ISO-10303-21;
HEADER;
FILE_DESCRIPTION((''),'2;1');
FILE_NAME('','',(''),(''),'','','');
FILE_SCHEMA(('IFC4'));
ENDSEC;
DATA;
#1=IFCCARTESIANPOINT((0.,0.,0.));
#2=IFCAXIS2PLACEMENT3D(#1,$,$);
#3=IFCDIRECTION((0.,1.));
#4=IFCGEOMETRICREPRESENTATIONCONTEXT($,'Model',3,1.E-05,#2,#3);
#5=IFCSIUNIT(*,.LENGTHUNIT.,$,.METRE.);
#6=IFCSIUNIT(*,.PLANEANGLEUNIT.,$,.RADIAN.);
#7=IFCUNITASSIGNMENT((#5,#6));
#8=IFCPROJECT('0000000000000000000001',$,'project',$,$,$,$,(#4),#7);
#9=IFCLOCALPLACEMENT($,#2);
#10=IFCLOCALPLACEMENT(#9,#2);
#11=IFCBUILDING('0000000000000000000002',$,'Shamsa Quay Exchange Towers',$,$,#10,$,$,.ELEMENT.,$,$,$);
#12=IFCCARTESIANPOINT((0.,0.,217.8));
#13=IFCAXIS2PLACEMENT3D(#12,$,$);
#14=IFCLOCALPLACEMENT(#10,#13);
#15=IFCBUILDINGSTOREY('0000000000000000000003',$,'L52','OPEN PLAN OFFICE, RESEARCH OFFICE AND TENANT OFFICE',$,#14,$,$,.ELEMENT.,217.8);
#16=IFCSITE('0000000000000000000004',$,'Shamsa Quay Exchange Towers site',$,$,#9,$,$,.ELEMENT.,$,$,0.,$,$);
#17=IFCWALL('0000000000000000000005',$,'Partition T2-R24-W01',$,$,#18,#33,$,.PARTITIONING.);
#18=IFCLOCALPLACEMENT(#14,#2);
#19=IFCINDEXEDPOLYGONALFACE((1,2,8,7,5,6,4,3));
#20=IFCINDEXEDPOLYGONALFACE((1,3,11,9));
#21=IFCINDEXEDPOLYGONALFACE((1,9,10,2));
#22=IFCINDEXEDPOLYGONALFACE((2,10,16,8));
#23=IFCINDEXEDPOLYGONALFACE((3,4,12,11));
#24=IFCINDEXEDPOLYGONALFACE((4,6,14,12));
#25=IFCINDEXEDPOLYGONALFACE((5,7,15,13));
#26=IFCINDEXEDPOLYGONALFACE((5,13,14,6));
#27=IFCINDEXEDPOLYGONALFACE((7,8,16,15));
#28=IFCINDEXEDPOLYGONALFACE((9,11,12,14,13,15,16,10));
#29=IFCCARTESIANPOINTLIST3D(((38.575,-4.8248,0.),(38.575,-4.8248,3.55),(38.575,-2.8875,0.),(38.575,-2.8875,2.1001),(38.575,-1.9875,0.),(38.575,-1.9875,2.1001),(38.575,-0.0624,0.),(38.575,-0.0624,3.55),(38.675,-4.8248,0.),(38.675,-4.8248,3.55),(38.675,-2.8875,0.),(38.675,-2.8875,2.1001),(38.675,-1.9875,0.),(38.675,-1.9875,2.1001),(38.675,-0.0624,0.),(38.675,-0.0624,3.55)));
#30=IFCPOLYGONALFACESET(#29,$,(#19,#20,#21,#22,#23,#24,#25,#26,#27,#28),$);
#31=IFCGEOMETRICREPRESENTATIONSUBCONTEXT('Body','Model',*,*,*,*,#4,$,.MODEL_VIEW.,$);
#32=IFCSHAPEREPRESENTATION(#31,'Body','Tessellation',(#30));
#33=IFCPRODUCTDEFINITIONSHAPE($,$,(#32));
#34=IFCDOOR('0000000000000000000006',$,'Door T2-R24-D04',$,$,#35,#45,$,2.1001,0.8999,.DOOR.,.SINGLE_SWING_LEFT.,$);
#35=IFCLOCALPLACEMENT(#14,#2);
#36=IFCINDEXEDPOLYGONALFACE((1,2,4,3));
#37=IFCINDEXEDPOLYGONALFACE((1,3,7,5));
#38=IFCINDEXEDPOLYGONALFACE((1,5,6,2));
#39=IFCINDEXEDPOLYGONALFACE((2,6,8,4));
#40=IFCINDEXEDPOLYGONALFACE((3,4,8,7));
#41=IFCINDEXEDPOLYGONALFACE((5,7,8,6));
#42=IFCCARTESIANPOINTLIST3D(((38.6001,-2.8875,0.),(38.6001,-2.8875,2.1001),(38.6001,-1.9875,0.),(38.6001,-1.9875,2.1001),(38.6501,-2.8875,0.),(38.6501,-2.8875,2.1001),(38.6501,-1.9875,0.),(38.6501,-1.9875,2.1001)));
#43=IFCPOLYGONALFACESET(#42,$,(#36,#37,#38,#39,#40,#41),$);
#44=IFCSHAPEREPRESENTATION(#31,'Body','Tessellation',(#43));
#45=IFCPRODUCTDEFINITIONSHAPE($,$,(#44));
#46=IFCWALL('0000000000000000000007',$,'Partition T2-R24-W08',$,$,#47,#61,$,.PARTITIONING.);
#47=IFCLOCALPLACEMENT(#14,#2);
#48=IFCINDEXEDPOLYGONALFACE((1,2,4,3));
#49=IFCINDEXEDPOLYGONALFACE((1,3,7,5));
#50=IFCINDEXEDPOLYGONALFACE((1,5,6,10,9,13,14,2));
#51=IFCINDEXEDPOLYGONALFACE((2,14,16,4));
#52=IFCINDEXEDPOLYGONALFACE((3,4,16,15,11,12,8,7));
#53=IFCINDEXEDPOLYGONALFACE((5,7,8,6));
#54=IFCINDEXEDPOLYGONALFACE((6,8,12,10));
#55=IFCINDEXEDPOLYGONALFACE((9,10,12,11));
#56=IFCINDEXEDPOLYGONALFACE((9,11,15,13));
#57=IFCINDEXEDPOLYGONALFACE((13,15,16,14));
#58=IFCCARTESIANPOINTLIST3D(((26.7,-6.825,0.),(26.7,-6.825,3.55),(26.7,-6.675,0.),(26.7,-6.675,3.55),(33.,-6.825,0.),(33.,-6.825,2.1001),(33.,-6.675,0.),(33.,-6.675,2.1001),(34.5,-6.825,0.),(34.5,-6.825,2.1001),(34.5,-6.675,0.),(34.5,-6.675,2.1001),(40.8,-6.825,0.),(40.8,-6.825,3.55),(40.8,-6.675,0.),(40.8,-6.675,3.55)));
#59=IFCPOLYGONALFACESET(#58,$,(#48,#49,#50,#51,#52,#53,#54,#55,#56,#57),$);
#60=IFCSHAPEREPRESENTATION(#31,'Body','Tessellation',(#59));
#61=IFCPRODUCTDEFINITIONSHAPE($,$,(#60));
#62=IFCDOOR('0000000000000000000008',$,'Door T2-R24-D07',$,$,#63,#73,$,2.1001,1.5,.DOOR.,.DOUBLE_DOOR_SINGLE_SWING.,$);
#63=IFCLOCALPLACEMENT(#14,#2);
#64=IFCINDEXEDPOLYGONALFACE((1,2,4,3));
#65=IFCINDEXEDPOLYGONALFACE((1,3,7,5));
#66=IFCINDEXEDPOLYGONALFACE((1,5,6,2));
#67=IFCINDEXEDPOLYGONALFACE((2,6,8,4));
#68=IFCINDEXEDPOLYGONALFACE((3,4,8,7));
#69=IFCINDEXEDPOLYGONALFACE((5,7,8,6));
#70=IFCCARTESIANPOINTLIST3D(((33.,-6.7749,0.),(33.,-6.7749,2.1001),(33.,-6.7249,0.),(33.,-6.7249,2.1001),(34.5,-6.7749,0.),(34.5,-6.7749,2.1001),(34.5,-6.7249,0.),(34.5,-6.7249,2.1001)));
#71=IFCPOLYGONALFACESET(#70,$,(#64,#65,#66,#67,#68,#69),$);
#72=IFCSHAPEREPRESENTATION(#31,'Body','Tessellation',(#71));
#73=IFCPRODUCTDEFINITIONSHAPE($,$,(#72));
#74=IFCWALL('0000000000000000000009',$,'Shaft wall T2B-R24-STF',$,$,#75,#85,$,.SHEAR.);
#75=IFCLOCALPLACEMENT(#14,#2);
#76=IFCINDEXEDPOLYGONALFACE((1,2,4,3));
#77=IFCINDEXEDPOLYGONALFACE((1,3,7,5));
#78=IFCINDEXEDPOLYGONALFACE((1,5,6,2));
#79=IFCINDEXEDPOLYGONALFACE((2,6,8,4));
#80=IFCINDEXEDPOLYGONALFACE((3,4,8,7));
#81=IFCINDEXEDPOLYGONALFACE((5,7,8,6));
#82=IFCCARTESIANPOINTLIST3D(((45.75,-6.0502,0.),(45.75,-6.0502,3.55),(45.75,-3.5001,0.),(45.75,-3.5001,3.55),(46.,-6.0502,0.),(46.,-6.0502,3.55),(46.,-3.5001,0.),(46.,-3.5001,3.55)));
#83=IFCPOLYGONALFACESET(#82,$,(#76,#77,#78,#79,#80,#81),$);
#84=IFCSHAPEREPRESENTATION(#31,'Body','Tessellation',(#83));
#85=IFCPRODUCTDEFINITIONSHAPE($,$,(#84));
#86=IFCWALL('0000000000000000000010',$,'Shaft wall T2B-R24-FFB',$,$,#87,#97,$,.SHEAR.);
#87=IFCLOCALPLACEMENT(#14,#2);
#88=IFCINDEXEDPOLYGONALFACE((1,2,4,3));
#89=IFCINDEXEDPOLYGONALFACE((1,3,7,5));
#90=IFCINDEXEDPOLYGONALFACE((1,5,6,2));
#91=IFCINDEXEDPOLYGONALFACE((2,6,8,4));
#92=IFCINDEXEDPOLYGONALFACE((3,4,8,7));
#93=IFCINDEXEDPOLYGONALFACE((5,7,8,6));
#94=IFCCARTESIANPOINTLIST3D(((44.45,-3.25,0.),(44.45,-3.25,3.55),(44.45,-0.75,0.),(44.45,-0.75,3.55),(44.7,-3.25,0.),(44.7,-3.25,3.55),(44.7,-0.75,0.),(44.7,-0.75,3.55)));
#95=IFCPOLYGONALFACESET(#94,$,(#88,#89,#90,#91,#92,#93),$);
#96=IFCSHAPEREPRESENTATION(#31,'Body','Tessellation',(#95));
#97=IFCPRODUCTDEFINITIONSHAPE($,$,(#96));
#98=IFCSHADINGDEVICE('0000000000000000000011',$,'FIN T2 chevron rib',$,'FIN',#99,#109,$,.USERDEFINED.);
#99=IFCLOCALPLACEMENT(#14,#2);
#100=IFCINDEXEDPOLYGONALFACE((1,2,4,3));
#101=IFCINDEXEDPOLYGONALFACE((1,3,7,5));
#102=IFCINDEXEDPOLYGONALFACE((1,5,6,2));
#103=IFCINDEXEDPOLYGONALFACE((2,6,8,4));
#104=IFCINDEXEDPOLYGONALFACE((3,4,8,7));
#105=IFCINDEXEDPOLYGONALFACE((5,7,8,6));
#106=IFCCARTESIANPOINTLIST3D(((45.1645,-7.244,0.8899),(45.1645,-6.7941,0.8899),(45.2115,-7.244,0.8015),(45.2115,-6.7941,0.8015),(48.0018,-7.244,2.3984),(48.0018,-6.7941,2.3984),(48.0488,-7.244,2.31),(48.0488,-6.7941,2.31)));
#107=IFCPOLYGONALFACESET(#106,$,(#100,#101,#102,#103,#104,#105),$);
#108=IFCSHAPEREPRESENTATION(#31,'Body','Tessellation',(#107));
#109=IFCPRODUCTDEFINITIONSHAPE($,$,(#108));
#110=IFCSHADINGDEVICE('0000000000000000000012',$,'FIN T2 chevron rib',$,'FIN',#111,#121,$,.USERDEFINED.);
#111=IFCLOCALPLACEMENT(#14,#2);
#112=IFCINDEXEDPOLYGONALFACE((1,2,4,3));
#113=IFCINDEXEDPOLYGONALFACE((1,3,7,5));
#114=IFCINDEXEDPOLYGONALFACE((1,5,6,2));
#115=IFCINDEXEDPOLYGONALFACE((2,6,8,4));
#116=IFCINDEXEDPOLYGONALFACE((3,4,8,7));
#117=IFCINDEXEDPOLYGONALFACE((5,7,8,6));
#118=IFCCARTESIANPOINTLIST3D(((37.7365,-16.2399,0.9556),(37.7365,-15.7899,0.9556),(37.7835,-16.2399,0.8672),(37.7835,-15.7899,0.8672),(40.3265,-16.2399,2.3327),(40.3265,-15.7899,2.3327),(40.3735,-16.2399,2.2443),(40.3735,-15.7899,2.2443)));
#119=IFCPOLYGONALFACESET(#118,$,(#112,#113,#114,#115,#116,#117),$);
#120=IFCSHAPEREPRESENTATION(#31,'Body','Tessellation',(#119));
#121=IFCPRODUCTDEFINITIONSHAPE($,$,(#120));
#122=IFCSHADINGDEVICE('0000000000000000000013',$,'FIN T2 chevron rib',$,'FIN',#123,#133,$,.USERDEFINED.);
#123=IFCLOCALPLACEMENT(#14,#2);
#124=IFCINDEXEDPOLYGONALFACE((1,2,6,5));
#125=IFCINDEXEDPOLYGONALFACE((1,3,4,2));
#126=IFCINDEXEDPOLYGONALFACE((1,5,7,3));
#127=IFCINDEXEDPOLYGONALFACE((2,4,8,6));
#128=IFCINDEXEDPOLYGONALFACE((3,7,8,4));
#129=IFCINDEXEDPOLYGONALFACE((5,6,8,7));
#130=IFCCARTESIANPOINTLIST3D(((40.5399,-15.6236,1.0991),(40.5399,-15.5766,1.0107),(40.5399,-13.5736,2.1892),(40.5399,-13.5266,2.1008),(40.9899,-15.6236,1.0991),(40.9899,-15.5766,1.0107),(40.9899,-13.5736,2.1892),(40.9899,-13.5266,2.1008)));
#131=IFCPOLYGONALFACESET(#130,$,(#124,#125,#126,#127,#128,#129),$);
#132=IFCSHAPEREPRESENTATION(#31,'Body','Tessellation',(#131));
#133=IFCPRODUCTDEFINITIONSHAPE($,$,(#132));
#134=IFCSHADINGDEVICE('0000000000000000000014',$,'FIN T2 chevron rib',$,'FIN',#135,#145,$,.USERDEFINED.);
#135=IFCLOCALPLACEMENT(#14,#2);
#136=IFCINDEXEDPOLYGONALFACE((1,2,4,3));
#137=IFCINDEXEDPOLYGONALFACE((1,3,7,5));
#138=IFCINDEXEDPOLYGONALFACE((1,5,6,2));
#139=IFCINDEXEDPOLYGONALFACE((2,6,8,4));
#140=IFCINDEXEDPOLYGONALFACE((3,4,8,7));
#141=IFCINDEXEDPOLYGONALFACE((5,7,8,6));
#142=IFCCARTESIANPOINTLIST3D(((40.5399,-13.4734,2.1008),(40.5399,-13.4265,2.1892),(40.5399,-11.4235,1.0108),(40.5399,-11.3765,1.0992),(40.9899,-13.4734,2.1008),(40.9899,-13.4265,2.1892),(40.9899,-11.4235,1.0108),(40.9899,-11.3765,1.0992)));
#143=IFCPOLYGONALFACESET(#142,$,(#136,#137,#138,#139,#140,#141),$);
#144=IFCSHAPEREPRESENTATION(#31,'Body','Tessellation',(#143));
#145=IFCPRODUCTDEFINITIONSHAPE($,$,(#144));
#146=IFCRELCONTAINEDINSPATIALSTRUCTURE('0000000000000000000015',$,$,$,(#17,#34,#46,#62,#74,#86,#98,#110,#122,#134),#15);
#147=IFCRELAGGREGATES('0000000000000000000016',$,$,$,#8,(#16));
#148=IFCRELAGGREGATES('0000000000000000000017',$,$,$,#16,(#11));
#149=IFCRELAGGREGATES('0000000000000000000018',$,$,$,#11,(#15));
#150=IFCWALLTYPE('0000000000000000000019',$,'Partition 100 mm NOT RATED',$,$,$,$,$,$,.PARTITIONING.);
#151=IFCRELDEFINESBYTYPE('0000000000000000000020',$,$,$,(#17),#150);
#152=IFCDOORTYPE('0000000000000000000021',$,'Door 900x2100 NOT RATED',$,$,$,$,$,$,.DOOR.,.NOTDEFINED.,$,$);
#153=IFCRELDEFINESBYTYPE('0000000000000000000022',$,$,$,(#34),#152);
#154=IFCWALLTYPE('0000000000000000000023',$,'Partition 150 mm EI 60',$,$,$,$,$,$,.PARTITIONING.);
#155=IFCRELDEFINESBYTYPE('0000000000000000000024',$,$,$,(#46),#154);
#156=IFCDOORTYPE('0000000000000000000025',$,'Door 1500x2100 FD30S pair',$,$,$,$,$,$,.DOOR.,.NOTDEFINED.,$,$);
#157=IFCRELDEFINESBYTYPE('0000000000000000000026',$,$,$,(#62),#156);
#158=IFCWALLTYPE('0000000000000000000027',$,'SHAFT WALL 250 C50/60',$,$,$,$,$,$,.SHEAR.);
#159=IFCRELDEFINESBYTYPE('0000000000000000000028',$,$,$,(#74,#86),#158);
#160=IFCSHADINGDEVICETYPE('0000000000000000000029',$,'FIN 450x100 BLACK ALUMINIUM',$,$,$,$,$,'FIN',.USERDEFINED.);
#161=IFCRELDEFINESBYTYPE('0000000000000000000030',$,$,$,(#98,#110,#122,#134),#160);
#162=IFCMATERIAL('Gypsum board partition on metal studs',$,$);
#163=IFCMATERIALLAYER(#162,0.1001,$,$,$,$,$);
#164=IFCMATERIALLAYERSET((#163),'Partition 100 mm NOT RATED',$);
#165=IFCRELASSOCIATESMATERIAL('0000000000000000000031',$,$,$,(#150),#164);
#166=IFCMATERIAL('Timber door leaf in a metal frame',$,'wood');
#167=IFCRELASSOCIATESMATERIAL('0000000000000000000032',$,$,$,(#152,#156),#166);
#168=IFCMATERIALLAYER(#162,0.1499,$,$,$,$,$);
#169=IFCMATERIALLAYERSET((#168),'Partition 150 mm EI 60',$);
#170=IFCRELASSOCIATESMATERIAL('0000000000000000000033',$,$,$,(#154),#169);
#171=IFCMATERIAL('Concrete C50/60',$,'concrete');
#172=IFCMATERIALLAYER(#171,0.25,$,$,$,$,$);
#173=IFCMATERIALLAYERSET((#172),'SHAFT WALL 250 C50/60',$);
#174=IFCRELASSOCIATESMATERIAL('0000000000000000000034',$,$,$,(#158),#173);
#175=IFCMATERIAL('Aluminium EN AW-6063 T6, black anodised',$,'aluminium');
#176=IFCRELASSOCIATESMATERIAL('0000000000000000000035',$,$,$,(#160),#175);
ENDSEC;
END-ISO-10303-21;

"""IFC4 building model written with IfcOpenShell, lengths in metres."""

from ifc_helpers import new_model, si_unit, direction, frame, frame_2d, origin, origin_2d, place, context, subcontext, project, spatial, rectangle, extrude, material, layer, layer_set, material_profile, profile_set, type_object, element, fill, save


model = new_model("IFC4")

# Units and contexts
model_context = context("Model", 3, precision=1e-05, world=origin(), true_north=direction((0.0, 1.0)))
body_context = subcontext(model_context, "Body", "Model", "MODEL_VIEW")
ifc_project = project(units=[si_unit("LENGTHUNIT", "METRE"), si_unit("PLANEANGLEUNIT", "RADIAN")], contexts=[model_context])

# Site, building, storey
site_placement = place(None, origin())
site = spatial("IfcSite", under=ifc_project, at=site_placement, Name="Shamsa Quay Exchange Towers site", CompositionType="ELEMENT", RefElevation=0.0)
building_placement = place(site_placement, origin())
building = spatial("IfcBuilding", under=site, at=building_placement, Name="Shamsa Quay Exchange Towers", CompositionType="ELEMENT")
storey_placement = place(building_placement, frame((0.0, 0.0, 217.8)))
storey = spatial("IfcBuildingStorey", under=building, at=storey_placement, Name="L52", Description="OPEN PLAN OFFICE, RESEARCH OFFICE AND TENANT OFFICE", CompositionType="ELEMENT", Elevation=217.8)

# Shared definitions
ifc_material_1 = material(Name="Aluminium EN AW-6063 T6, black anodised", Category="aluminium")

# Walls, openings, doors
ifc_material_2 = material(Name="Gypsum board partition on metal studs")
ifc_layer_1 = layer(ifc_material_2, 0.1001)
ifc_layer_set_1 = layer_set([ifc_layer_1], Name="Partition 100 mm NOT RATED")
wall_type_1 = type_object("IfcWallType", Name="Partition 100 mm NOT RATED", PredefinedType="PARTITIONING", material=ifc_layer_set_1)
wall_1_placement = place(storey_placement, frame((38.625, -4.825, 0.0), z_axis=(0.0, 0.0, 1.0), x_axis=(0.0, 1.0, 0.0)))
wall_1 = element("IfcWall", 1, at=wall_1_placement, inside=storey, type_object=wall_type_1, Name="Partition T2-R24-W01", PredefinedType="PARTITIONING", context=body_context, shape_type="SweptSolid", body=[
    extrude(rectangle(XDim=4.7625, YDim=0.1001, at=frame_2d((2.3813, 0.0))), origin(), (0.0, 0.0, 1.0), 3.55),
])
opening_1_placement = place(wall_1_placement, frame((1.9375, 0.0, 0.0)))
opening_1 = element("IfcOpeningElement", 2, at=opening_1_placement, cuts=wall_1, PredefinedType="OPENING", context=body_context, shape_type="SweptSolid", body=[
    extrude(rectangle(XDim=0.8999, YDim=2.1001, at=frame_2d((0.45, 1.05))), frame((0.0, 0.0601, 0.0), z_axis=(0.0, -1.0, 0.0), x_axis=(1.0, 0.0, 0.0)), (0.0, 0.0, 1.0), 0.1201),
])
ifc_material_3 = material(Name="Timber door leaf in a metal frame", Category="wood")
door_type_1 = type_object("IfcDoorType", Name="Door 900x2100 NOT RATED", OperationType="NOTDEFINED", PredefinedType="DOOR", material=ifc_material_3)
door_1_placement = place(opening_1_placement, origin())
door_1 = element("IfcDoor", 3, at=door_1_placement, inside=storey, type_object=door_type_1, Name="Door T2-R24-D04", OperationType="SINGLE_SWING_LEFT", OverallHeight=2.1001, OverallWidth=0.8999, PredefinedType="DOOR", context=body_context, shape_type="SweptSolid", body=[
    extrude(rectangle(XDim=0.8999, YDim=2.1001, at=frame_2d((0.45, 1.05))), frame((0.0, 0.0249, 0.0), z_axis=(0.0, -1.0, 0.0), x_axis=(1.0, 0.0, 0.0)), (0.0, 0.0, 1.0), 0.05),
])
fill(opening_1, door_1)
ifc_layer_2 = layer(ifc_material_2, 0.1499)
ifc_layer_set_2 = layer_set([ifc_layer_2], Name="Partition 150 mm EI 60")
wall_type_2 = type_object("IfcWallType", Name="Partition 150 mm EI 60", PredefinedType="PARTITIONING", material=ifc_layer_set_2)
wall_2_placement = place(storey_placement, frame((40.8, -6.75, 0.0), z_axis=(0.0, 0.0, 1.0), x_axis=(-1.0, 0.0, 0.0)))
wall_2 = element("IfcWall", 4, at=wall_2_placement, inside=storey, type_object=wall_type_2, Name="Partition T2-R24-W08", PredefinedType="PARTITIONING", context=body_context, shape_type="SweptSolid", body=[
    extrude(rectangle(XDim=14.1001, YDim=0.1499, at=frame_2d((7.05, 0.0))), origin(), (0.0, 0.0, 1.0), 3.55),
])
opening_2_placement = place(wall_2_placement, frame((6.3, 0.0, 0.0)))
opening_2 = element("IfcOpeningElement", 5, at=opening_2_placement, cuts=wall_2, PredefinedType="OPENING", context=body_context, shape_type="SweptSolid", body=[
    extrude(rectangle(XDim=1.5, YDim=2.1001, at=frame_2d((0.75, 1.05))), frame((0.0, 0.085, 0.0), z_axis=(0.0, -1.0, 0.0), x_axis=(1.0, 0.0, 0.0)), (0.0, 0.0, 1.0), 0.1699),
])
door_type_2 = type_object("IfcDoorType", Name="Door 1500x2100 FD30S pair", OperationType="NOTDEFINED", PredefinedType="DOOR", material=ifc_material_3)
door_2_placement = place(opening_2_placement, origin())
door_2 = element("IfcDoor", 6, at=door_2_placement, inside=storey, type_object=door_type_2, Name="Door T2-R24-D07", OperationType="DOUBLE_DOOR_SINGLE_SWING", OverallHeight=2.1001, OverallWidth=1.5, PredefinedType="DOOR", context=body_context, shape_type="SweptSolid", body=[
    extrude(rectangle(XDim=1.5, YDim=2.1001, at=frame_2d((0.75, 1.05))), frame((0.0, 0.0249, 0.0), z_axis=(0.0, -1.0, 0.0), x_axis=(1.0, 0.0, 0.0)), (0.0, 0.0, 1.0), 0.05),
])
fill(opening_2, door_2)

# Wall
ifc_material_4 = material(Name="Concrete C50/60", Category="concrete")
ifc_layer_3 = layer(ifc_material_4, 0.25)
ifc_layer_set_3 = layer_set([ifc_layer_3], Name="SHAFT WALL 250 C50/60")
wall_type_3 = type_object("IfcWallType", Name="SHAFT WALL 250 C50/60", PredefinedType="SHEAR", material=ifc_layer_set_3)
wall_3_placement = place(storey_placement, frame((45.875, -6.05, 0.0), z_axis=(0.0, 0.0, 1.0), x_axis=(0.0, 1.0, 0.0)))
element("IfcWall", 7, at=wall_3_placement, inside=storey, type_object=wall_type_3, Name="Shaft wall T2B-R24-STF", PredefinedType="SHEAR", context=body_context, shape_type="SweptSolid", body=[
    extrude(rectangle(XDim=2.55, YDim=0.25, at=frame_2d((1.2749, 0.0))), origin(), (0.0, 0.0, 1.0), 3.55),
])

# Wall
wall_4_placement = place(storey_placement, frame((44.575, -3.25, 0.0), z_axis=(0.0, 0.0, 1.0), x_axis=(0.0, 1.0, 0.0)))
element("IfcWall", 8, at=wall_4_placement, inside=storey, type_object=wall_type_3, Name="Shaft wall T2B-R24-FFB", PredefinedType="SHEAR", context=body_context, shape_type="SweptSolid", body=[
    extrude(rectangle(XDim=2.5, YDim=0.25, at=frame_2d((1.25, 0.0))), origin(), (0.0, 0.0, 1.0), 3.55),
])

# Shading devices
ifc_material_profile_1 = material_profile(ifc_material_1, rectangle(XDim=0.45, YDim=0.1001, at=origin_2d()), Name="FIN450x100")
ifc_profile_set_1 = profile_set([ifc_material_profile_1], Name="Aluminium EN AW-6063 T6, black anodised")
shading_device_type = type_object("IfcShadingDeviceType", Name="FIN 450x100 BLACK ALUMINIUM", ElementType="FIN", PredefinedType="USERDEFINED", material=ifc_profile_set_1)
shading_device_1_placement = place(storey_placement, frame((45.188, -7.019, 0.8457), z_axis=(0.882964, 0.0, 0.46944), x_axis=(0.0, 1.0, 0.0)))
element("IfcShadingDevice", 9, at=shading_device_1_placement, inside=storey, type_object=shading_device_type, Name="FIN T2 chevron rib", ObjectType="FIN", PredefinedType="USERDEFINED", context=body_context, shape_type="SweptSolid", body=[
    extrude(rectangle(XDim=0.45, YDim=0.1001, at=origin_2d()), origin(), (0.0, 0.0, 1.0), 3.2134),
])
shading_device_2_placement = place(storey_placement, frame((37.76, -16.0149, 0.9114), z_axis=(0.882944, 0.0, 0.469478), x_axis=(0.0, 1.0, 0.0)))
element("IfcShadingDevice", 10, at=shading_device_2_placement, inside=storey, type_object=shading_device_type, Name="FIN T2 chevron rib", ObjectType="FIN", PredefinedType="USERDEFINED", context=body_context, shape_type="SweptSolid", body=[
    extrude(rectangle(XDim=0.45, YDim=0.1001, at=origin_2d()), origin(), (0.0, 0.0, 1.0), 2.9333),
])
for number, where, z_axis, x_axis, name in (
    (11, (40.7649, -15.6001, 1.0549), (0.0, 0.882937, 0.469491), (-1.0, 0.0, 0.0), "FIN T2 chevron rib"),
    (12, (40.7649, -13.45, 2.145), (0.0, 0.882937, -0.469491), (-1.0, 0.0, 0.0), "FIN T2 chevron rib"),
):
    element("IfcShadingDevice", number, at=place(storey_placement, frame(where, z_axis=z_axis, x_axis=x_axis)), inside=storey, type_object=shading_device_type, Name=name, ObjectType="FIN", PredefinedType="USERDEFINED", context=body_context, shape_type="SweptSolid", body=[
        extrude(rectangle(XDim=0.45, YDim=0.1001, at=origin_2d()), origin(), (0.0, 0.0, 1.0), 2.3218),
    ])

save(model, "model.ifc")
